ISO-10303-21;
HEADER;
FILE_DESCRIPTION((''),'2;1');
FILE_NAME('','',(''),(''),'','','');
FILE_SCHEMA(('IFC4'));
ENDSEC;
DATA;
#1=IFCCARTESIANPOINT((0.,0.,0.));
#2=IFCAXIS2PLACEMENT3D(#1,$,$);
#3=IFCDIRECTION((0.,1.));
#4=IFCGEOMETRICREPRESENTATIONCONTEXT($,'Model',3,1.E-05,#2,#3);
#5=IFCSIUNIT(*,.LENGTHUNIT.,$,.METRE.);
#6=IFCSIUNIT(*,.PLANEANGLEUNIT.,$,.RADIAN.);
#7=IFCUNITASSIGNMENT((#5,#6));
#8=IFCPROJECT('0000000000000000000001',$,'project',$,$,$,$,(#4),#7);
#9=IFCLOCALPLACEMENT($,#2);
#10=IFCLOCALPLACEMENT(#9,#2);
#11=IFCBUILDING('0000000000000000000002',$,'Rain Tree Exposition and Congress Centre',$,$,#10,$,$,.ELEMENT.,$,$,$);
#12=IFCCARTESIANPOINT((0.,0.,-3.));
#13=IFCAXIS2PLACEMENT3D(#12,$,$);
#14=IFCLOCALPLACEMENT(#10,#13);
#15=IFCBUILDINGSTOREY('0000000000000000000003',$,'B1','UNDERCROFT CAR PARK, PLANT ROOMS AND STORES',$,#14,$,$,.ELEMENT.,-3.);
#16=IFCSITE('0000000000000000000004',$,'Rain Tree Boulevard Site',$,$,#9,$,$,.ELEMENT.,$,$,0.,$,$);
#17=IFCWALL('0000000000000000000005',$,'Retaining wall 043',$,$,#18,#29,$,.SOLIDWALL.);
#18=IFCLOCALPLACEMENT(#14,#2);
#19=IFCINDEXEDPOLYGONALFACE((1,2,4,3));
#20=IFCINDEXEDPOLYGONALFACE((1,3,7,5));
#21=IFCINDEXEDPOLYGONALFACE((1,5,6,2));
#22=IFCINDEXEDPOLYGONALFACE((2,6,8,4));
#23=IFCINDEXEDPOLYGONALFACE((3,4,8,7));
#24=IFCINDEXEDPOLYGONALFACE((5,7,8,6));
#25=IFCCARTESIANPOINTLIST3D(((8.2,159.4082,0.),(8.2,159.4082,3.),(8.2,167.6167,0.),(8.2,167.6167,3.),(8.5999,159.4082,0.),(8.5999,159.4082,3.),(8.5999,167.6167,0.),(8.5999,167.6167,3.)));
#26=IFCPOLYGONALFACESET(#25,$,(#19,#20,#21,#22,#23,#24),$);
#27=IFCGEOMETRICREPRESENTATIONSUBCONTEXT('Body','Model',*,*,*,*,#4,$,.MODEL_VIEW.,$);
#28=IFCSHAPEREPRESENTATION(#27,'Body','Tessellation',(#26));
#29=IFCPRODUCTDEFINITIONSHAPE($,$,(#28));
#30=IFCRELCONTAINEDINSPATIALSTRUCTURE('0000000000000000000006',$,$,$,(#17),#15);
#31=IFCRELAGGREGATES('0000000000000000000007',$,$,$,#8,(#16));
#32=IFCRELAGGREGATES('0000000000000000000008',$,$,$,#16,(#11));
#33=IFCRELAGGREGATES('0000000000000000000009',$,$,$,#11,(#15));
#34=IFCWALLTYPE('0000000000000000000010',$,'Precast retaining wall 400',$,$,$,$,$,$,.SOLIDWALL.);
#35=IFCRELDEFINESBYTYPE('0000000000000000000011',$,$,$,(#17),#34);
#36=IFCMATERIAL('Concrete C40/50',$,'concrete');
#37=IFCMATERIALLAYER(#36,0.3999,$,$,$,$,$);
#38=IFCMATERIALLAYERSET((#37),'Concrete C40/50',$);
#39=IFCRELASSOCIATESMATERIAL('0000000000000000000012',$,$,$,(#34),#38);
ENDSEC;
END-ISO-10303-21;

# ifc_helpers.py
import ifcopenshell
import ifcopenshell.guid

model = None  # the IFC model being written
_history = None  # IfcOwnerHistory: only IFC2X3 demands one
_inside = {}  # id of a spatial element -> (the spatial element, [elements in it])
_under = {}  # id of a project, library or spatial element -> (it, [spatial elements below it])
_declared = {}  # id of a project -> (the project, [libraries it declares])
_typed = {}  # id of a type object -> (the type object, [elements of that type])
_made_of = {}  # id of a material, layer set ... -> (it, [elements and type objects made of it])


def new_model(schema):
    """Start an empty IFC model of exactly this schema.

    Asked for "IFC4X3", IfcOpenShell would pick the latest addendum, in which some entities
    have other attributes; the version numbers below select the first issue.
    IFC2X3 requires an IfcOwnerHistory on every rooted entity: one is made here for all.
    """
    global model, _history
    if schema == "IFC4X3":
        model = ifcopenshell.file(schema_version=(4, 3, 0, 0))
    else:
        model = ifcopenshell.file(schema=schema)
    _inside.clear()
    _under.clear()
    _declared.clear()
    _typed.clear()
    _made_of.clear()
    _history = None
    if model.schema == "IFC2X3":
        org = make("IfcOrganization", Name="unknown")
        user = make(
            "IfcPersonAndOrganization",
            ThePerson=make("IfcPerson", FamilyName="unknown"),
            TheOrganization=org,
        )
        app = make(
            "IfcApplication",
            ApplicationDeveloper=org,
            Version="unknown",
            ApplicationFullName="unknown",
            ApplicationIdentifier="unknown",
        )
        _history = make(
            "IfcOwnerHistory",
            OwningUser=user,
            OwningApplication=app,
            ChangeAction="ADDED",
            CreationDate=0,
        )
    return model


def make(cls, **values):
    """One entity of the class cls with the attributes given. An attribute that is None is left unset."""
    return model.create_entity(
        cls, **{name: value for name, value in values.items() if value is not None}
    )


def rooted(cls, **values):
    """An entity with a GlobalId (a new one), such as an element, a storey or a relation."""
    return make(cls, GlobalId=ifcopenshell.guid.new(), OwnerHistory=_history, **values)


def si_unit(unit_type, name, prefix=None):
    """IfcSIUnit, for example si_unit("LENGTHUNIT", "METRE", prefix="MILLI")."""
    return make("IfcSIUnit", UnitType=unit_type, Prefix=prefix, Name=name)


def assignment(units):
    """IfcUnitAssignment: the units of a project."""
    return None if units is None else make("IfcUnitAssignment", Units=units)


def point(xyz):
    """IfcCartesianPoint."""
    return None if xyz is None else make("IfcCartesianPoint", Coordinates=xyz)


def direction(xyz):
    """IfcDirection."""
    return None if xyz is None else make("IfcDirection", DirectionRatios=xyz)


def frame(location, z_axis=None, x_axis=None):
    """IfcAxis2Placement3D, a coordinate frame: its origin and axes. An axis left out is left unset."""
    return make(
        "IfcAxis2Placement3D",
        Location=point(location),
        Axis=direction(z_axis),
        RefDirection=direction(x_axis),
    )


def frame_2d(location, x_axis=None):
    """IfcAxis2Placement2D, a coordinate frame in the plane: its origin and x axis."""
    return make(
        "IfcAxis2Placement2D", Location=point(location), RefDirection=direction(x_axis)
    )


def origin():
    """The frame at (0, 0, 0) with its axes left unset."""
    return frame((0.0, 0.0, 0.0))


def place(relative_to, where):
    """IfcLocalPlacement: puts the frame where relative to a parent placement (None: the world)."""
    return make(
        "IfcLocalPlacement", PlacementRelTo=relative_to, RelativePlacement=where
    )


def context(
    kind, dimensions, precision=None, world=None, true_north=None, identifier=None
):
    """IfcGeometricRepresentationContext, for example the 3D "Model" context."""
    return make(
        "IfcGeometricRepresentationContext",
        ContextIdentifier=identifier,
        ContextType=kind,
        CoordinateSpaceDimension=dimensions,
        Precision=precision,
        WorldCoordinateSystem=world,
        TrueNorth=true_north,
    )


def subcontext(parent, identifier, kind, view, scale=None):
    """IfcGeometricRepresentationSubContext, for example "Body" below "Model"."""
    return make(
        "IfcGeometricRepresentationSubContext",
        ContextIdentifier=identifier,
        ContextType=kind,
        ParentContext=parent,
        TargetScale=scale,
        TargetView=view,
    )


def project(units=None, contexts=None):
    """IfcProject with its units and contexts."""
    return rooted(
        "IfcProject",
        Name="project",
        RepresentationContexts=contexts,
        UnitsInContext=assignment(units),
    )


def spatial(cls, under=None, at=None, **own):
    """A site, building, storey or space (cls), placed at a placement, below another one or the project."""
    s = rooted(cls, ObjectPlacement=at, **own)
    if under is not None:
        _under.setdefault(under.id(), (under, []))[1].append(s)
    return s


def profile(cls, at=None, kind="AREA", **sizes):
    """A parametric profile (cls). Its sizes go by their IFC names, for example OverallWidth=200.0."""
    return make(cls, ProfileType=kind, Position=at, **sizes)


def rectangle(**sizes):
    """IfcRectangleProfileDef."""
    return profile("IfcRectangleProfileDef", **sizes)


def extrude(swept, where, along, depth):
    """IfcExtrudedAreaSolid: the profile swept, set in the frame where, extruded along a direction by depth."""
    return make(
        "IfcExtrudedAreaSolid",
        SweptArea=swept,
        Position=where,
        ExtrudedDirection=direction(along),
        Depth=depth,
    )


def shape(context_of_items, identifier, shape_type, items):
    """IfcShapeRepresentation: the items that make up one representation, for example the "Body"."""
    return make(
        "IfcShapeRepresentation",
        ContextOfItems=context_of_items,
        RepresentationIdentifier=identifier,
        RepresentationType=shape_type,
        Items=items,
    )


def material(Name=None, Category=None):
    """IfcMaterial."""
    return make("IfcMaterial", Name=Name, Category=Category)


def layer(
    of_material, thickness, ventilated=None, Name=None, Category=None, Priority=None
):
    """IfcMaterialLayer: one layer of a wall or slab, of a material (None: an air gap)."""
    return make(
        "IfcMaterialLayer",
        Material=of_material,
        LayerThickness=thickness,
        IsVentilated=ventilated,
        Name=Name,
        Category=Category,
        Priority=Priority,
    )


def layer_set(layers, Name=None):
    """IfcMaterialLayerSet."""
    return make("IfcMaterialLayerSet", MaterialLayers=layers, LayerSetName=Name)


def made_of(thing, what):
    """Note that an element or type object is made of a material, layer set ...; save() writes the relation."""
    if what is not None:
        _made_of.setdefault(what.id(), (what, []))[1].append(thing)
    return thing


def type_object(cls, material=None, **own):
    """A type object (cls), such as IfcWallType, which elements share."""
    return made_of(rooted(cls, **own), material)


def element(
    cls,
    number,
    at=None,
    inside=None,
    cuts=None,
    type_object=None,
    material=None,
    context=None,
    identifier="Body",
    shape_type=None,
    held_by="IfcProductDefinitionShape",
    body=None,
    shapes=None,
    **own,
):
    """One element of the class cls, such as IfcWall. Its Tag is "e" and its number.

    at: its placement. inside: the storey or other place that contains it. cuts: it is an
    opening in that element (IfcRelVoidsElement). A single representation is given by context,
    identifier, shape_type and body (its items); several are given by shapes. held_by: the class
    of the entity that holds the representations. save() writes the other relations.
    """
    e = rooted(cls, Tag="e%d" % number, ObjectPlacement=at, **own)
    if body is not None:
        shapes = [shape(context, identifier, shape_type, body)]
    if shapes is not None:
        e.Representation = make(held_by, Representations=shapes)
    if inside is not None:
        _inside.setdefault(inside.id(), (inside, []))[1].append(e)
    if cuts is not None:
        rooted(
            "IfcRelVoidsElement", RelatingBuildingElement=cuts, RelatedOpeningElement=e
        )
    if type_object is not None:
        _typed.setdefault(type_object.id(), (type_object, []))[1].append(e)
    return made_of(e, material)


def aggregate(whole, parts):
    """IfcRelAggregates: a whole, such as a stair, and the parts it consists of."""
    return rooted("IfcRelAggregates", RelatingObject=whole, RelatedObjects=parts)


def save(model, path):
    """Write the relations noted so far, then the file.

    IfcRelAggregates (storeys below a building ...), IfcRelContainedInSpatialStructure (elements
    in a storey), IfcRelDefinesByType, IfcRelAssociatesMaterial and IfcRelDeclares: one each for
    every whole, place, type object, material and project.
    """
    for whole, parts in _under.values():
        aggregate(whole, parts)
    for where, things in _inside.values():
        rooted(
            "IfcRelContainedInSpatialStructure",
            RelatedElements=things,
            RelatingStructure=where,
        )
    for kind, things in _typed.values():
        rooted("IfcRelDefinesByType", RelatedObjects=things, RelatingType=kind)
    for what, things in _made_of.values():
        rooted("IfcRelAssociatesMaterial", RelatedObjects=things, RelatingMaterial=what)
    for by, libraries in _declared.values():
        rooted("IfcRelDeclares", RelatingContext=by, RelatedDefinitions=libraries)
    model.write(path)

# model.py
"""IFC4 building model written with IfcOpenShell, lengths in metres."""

from ifc_helpers import new_model, si_unit, direction, frame, frame_2d, origin, place, context, subcontext, project, spatial, rectangle, extrude, material, layer, layer_set, type_object, element, save


model = new_model("IFC4")

# Units and contexts
model_context = context("Model", 3, precision=1e-05, world=origin(), true_north=direction((0.0, 1.0)))
body_context = subcontext(model_context, "Body", "Model", "MODEL_VIEW")
ifc_project = project(units=[si_unit("LENGTHUNIT", "METRE"), si_unit("PLANEANGLEUNIT", "RADIAN")], contexts=[model_context])

# Site, building, storey
site_placement = place(None, origin())
site = spatial("IfcSite", under=ifc_project, at=site_placement, Name="Rain Tree Boulevard Site", CompositionType="ELEMENT", RefElevation=0.0)
building_placement = place(site_placement, origin())
building = spatial("IfcBuilding", under=site, at=building_placement, Name="Rain Tree Exposition and Congress Centre", CompositionType="ELEMENT")
storey_placement = place(building_placement, frame((0.0, 0.0, -3.0)))
storey = spatial("IfcBuildingStorey", under=building, at=storey_placement, Name="B1", Description="UNDERCROFT CAR PARK, PLANT ROOMS AND STORES", CompositionType="ELEMENT", Elevation=-3.0)

# Wall
ifc_material_1 = material(Name="Concrete C40/50", Category="concrete")
ifc_layer = layer(ifc_material_1, 0.3999)
ifc_layer_set = layer_set([ifc_layer], Name="Concrete C40/50")
wall_type = type_object("IfcWallType", Name="Precast retaining wall 400", PredefinedType="SOLIDWALL", material=ifc_layer_set)
wall_1_placement = place(storey_placement, frame((8.3999, 159.4082, 0.0), z_axis=(0.0, 0.0, 1.0), x_axis=(0.0, 1.0, 0.0)))
element("IfcWall", 1, at=wall_1_placement, inside=storey, type_object=wall_type, Name="Retaining wall 043", PredefinedType="SOLIDWALL", context=body_context, shape_type="SweptSolid", body=[
    extrude(rectangle(XDim=8.2085, YDim=0.3999, at=frame_2d((4.1042, 0.0))), origin(), (0.0, 0.0, 1.0), 3.0),
])

save(model, "model.ifc")
